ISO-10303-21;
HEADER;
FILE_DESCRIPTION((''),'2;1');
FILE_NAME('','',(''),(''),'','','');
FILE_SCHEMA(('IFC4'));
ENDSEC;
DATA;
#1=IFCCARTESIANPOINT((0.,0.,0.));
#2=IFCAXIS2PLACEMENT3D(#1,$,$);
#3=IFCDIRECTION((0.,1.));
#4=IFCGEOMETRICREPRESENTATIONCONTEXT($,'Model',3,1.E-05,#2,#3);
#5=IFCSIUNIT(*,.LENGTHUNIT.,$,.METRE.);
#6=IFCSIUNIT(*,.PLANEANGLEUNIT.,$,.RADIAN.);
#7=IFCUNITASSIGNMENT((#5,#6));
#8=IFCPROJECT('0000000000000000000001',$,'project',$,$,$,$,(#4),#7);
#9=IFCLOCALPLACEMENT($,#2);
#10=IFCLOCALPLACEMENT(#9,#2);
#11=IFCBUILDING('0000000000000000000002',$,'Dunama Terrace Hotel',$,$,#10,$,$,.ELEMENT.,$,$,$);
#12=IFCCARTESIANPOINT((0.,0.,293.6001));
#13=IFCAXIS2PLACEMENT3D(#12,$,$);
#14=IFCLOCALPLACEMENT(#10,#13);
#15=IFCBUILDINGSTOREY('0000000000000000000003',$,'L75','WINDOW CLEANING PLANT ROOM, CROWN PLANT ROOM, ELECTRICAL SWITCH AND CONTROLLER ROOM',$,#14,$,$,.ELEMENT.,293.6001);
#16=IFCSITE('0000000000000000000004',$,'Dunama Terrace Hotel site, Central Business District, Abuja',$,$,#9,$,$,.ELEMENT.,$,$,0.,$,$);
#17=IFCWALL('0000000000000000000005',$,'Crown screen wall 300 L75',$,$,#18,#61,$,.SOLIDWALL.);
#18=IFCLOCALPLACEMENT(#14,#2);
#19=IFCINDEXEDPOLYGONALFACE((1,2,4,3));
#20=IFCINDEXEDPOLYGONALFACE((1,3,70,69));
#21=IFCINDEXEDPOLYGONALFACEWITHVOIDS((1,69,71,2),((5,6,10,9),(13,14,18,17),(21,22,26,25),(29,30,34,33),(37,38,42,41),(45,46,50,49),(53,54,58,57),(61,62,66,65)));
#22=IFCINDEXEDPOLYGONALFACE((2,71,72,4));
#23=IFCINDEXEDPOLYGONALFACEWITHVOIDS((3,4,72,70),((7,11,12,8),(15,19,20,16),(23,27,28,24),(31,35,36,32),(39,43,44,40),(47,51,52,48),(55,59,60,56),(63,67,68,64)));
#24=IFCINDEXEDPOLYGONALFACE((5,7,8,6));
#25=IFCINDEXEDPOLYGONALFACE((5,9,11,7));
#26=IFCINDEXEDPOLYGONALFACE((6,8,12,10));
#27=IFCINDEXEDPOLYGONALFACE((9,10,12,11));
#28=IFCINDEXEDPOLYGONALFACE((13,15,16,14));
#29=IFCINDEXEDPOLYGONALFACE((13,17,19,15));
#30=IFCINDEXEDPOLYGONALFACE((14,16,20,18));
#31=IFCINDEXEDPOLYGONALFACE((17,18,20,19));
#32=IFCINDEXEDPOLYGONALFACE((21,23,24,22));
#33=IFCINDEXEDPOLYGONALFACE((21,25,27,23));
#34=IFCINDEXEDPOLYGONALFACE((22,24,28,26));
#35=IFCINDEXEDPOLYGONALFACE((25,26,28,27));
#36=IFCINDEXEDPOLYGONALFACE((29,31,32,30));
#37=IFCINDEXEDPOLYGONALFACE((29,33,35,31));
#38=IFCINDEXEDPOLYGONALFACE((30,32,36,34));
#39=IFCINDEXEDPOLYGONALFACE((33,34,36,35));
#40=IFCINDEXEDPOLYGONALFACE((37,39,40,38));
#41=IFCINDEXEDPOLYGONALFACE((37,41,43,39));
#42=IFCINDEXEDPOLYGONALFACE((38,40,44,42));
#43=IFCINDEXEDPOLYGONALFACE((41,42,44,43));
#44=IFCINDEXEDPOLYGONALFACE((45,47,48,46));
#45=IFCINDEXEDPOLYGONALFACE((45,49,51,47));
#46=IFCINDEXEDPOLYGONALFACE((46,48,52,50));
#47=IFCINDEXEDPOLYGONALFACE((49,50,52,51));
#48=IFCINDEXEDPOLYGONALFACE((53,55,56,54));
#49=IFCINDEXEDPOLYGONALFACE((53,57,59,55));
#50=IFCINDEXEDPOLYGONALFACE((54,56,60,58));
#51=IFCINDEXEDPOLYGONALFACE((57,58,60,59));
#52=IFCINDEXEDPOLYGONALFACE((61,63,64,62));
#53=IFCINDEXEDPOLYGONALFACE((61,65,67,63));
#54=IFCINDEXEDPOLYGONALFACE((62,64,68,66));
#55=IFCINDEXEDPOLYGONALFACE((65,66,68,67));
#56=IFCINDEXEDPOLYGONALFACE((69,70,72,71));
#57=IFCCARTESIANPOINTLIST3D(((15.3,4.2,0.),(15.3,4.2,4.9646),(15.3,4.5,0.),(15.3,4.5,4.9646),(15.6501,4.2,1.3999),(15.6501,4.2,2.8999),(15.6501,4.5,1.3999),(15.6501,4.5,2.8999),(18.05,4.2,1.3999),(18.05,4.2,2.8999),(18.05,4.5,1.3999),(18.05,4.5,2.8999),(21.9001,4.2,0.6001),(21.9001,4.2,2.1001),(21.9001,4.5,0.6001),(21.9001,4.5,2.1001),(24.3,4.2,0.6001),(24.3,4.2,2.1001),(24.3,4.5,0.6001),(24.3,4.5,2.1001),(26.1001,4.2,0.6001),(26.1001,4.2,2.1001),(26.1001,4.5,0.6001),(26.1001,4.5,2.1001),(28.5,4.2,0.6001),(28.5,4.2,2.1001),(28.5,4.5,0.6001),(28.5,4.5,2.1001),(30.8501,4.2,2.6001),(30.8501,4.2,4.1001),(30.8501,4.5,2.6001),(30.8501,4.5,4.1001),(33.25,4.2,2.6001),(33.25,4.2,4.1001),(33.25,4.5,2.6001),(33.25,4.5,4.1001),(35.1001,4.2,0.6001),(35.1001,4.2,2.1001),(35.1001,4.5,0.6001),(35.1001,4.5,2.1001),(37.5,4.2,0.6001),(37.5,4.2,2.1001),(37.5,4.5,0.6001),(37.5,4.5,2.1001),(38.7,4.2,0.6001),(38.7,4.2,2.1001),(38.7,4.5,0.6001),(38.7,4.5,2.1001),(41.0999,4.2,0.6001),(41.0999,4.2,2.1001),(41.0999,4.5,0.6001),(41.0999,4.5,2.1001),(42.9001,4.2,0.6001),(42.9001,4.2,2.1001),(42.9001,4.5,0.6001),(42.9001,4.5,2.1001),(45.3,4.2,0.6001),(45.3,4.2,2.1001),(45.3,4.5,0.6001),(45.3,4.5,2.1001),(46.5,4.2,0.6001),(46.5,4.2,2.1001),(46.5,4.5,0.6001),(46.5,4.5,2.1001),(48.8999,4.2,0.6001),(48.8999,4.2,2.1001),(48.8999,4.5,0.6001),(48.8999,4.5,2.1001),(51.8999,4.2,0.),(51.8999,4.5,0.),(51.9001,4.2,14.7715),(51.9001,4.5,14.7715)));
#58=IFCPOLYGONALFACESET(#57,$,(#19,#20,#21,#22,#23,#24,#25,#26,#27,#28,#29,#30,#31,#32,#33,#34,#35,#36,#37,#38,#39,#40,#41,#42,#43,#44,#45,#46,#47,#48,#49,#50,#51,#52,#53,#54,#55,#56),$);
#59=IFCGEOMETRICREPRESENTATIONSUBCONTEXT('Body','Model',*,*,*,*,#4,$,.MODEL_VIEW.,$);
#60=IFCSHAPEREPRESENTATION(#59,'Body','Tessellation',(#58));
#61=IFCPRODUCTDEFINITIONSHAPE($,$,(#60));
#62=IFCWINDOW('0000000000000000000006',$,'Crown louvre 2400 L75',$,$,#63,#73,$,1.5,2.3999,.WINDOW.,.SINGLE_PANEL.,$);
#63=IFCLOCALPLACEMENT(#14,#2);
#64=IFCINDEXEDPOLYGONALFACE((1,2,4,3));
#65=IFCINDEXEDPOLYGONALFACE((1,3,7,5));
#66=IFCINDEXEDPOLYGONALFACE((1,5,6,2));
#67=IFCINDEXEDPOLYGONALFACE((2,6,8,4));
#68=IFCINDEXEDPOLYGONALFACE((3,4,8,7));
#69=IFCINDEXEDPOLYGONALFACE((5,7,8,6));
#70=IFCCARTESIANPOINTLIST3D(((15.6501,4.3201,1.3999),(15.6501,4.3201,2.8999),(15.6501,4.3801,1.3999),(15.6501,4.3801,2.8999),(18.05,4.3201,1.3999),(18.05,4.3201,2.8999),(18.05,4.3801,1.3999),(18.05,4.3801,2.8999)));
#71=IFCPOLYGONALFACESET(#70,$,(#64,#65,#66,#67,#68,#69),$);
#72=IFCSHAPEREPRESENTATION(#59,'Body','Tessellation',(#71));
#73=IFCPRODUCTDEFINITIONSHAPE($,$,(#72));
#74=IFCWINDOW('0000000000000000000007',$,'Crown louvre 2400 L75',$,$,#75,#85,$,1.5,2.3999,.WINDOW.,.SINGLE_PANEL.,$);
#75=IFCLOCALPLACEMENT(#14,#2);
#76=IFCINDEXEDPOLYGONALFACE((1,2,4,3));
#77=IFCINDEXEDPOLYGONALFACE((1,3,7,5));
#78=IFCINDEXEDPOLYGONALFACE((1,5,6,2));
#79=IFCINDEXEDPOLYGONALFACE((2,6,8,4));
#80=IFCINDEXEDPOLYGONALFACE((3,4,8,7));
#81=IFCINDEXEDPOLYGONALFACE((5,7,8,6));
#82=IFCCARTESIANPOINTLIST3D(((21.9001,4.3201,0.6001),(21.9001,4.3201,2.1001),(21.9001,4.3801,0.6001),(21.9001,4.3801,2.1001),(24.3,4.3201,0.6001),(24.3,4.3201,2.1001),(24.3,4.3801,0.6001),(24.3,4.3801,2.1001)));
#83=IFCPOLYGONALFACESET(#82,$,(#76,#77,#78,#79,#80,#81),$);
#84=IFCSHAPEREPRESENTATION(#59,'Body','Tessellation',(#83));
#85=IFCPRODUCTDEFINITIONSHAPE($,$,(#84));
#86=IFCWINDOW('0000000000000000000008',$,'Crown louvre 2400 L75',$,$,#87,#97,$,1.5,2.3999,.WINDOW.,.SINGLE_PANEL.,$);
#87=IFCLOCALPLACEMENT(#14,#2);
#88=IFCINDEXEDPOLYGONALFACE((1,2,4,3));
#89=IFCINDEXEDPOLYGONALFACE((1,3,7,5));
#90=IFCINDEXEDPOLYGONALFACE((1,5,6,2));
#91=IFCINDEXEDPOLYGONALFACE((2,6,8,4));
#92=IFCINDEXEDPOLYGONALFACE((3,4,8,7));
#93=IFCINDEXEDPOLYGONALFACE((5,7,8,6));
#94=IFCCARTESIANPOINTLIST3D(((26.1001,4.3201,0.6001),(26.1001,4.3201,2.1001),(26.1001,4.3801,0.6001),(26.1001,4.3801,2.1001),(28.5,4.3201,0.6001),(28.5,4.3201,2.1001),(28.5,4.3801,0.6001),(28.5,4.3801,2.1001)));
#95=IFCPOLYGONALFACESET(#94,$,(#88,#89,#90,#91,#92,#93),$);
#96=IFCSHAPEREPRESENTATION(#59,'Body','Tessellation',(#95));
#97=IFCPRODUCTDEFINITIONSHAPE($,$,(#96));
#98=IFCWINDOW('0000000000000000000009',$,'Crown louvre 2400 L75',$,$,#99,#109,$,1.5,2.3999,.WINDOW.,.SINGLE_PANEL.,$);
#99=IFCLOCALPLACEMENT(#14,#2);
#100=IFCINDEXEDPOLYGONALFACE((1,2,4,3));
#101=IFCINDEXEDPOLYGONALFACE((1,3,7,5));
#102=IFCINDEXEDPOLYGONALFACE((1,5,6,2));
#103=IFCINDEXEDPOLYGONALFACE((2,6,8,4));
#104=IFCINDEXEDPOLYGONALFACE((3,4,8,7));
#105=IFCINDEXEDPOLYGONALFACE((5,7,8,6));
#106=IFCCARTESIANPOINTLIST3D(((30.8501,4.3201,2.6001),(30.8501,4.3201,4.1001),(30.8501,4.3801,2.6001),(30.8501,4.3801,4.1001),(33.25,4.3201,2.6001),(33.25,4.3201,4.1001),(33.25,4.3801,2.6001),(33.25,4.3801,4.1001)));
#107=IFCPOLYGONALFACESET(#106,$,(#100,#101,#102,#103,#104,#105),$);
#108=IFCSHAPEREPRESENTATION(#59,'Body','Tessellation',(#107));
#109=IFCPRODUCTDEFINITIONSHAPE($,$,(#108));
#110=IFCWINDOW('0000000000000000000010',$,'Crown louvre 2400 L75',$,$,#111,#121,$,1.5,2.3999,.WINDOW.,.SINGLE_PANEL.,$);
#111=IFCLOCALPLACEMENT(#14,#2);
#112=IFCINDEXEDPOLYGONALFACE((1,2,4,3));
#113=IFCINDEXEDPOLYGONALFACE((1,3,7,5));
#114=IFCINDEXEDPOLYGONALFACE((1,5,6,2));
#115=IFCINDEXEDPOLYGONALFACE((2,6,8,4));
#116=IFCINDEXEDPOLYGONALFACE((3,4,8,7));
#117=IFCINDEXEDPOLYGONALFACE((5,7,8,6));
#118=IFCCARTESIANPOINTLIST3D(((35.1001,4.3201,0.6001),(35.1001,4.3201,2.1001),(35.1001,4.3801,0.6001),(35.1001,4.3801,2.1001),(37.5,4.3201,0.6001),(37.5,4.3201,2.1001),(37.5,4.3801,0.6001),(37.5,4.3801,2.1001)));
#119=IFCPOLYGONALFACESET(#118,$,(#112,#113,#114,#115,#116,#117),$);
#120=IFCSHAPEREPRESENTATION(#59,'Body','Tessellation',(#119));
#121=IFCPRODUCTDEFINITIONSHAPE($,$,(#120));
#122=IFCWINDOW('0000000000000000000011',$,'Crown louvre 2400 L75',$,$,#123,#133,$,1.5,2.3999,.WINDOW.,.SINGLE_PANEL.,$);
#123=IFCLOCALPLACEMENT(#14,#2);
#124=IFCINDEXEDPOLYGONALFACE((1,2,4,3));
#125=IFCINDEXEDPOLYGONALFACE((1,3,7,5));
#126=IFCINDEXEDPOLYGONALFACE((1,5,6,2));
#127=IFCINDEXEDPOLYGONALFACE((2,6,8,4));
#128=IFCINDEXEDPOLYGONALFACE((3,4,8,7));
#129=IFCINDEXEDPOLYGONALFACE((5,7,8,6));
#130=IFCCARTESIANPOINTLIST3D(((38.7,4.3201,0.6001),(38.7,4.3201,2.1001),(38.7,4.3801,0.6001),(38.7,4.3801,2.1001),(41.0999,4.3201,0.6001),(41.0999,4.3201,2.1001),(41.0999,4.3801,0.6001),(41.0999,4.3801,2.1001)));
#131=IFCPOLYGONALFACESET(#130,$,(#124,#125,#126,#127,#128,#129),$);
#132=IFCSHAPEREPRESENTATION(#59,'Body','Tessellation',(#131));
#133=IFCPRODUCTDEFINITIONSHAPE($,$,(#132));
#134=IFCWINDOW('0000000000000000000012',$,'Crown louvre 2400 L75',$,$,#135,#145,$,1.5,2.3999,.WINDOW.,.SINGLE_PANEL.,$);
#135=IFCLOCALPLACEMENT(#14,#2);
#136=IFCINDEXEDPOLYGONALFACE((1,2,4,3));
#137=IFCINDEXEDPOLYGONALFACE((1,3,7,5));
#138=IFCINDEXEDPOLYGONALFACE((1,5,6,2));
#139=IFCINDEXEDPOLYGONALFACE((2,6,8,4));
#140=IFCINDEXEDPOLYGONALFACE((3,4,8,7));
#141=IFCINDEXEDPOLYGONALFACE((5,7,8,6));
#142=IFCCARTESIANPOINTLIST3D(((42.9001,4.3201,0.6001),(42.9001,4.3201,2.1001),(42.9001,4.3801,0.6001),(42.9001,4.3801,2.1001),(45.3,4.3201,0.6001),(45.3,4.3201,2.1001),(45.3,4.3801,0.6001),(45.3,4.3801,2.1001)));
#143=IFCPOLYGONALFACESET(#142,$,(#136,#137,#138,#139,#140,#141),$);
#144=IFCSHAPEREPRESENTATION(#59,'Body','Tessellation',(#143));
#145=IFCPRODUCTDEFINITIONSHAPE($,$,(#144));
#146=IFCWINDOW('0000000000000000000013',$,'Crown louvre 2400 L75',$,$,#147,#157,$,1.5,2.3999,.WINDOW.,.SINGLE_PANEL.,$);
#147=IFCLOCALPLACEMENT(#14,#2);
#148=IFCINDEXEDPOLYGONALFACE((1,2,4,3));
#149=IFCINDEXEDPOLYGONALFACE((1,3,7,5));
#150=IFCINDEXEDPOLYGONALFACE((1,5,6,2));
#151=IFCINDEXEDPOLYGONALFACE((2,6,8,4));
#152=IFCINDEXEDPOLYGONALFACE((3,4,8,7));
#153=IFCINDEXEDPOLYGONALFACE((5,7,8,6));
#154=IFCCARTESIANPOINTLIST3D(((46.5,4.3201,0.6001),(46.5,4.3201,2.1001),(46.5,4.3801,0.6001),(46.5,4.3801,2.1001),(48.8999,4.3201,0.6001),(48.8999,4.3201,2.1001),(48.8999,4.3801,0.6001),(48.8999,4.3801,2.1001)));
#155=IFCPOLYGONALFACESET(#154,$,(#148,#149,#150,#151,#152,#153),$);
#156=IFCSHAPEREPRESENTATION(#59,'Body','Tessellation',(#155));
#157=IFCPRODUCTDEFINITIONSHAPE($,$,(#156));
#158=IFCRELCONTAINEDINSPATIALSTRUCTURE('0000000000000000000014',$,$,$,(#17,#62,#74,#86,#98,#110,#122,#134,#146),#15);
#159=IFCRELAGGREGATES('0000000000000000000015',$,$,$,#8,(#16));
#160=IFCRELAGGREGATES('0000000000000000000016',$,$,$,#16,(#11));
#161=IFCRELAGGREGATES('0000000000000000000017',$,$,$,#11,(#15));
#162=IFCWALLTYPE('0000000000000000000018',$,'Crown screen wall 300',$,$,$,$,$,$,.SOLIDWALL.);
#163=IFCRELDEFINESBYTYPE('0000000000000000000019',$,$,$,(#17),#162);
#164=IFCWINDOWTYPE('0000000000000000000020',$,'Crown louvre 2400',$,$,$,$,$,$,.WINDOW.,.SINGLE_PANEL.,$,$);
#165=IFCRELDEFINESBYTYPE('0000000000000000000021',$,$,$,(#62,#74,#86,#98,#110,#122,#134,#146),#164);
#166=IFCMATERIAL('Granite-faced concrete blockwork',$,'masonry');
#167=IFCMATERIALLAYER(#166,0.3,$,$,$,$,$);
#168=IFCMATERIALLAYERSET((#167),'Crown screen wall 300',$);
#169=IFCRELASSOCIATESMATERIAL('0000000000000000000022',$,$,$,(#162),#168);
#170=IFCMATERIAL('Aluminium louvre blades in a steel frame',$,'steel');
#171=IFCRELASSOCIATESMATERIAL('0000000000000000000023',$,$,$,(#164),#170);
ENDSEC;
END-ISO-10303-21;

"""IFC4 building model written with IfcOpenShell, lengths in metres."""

from ifc_helpers import new_model, si_unit, direction, frame, frame_2d, origin, place, context, subcontext, project, spatial, polyline, rectangle, outline, extrude, material, layer, layer_set, type_object, element, fill, save


model = new_model("IFC4")

# Units and contexts
model_context = context("Model", 3, precision=1e-05, world=origin(), true_north=direction((0.0, 1.0)))
body_context = subcontext(model_context, "Body", "Model", "MODEL_VIEW")
ifc_project = project(units=[si_unit("LENGTHUNIT", "METRE"), si_unit("PLANEANGLEUNIT", "RADIAN")], contexts=[model_context])

# Site, building, storey
site_placement = place(None, origin())
site = spatial("IfcSite", under=ifc_project, at=site_placement, Name="Dunama Terrace Hotel site, Central Business District, Abuja", CompositionType="ELEMENT", RefElevation=0.0)
building_placement = place(site_placement, origin())
building = spatial("IfcBuilding", under=site, at=building_placement, Name="Dunama Terrace Hotel", CompositionType="ELEMENT")
storey_placement = place(building_placement, frame((0.0, 0.0, 293.6001)))
storey = spatial("IfcBuildingStorey", under=building, at=storey_placement, Name="L75", Description="WINDOW CLEANING PLANT ROOM, CROWN PLANT ROOM, ELECTRICAL SWITCH AND CONTROLLER ROOM", CompositionType="ELEMENT", Elevation=293.6001)

# Wall, openings, windows
ifc_material_1 = material(Name="Granite-faced concrete blockwork", Category="masonry")
ifc_layer_1 = layer(ifc_material_1, 0.3)
ifc_layer_set_1 = layer_set([ifc_layer_1], Name="Crown screen wall 300")
wall_type = type_object("IfcWallType", Name="Crown screen wall 300", PredefinedType="SOLIDWALL", material=ifc_layer_set_1)
wall_1_placement = place(storey_placement, frame((15.3, 4.3501, 0.0), z_axis=(0.0, 0.0, 1.0), x_axis=(1.0, 0.0, 0.0)))
wall_1 = element("IfcWall", 1, at=wall_1_placement, inside=storey, type_object=wall_type, Name="Crown screen wall 300 L75", PredefinedType="SOLIDWALL", context=body_context, shape_type="SweptSolid", body=[
    extrude(outline(polyline([(0.0, 0.0), (36.5999, 0.0), (36.6001, 14.7715), (0.0, 4.9646), (0.0, 0.0)])), frame((0.0, 0.1499, 0.0), z_axis=(0.0, -1.0, 0.0), x_axis=(1.0, 0.0, 0.0)), (0.0, 0.0, 1.0), 0.3),
])
opening_1_placement = place(wall_1_placement, frame((0.3501, 0.0, 1.3999)))
opening_1 = element("IfcOpeningElement", 2, at=opening_1_placement, cuts=wall_1, PredefinedType="OPENING", context=body_context, shape_type="SweptSolid", body=[
    extrude(rectangle(XDim=2.3999, YDim=1.5, at=frame_2d((1.2, 0.75))), frame((0.0, 0.1599, 0.0), z_axis=(0.0, -1.0, 0.0), x_axis=(1.0, 0.0, 0.0)), (0.0, 0.0, 1.0), 0.3201),
])
opening_2_placement = place(wall_1_placement, frame((6.6001, 0.0, 0.6001)))
opening_2 = element("IfcOpeningElement", 3, at=opening_2_placement, cuts=wall_1, PredefinedType="OPENING", context=body_context, shape_type="SweptSolid", body=[
    extrude(rectangle(XDim=2.3999, YDim=1.5, at=frame_2d((1.2, 0.75))), frame((0.0, 0.1599, 0.0), z_axis=(0.0, -1.0, 0.0), x_axis=(1.0, 0.0, 0.0)), (0.0, 0.0, 1.0), 0.3201),
])
opening_3_placement = place(wall_1_placement, frame((10.8, 0.0, 0.6001)))
opening_3 = element("IfcOpeningElement", 4, at=opening_3_placement, cuts=wall_1, PredefinedType="OPENING", context=body_context, shape_type="SweptSolid", body=[
    extrude(rectangle(XDim=2.3999, YDim=1.5, at=frame_2d((1.2, 0.75))), frame((0.0, 0.1599, 0.0), z_axis=(0.0, -1.0, 0.0), x_axis=(1.0, 0.0, 0.0)), (0.0, 0.0, 1.0), 0.3201),
])
opening_4_placement = place(wall_1_placement, frame((15.55, 0.0, 2.6001)))
opening_4 = element("IfcOpeningElement", 5, at=opening_4_placement, cuts=wall_1, PredefinedType="OPENING", context=body_context, shape_type="SweptSolid", body=[
    extrude(rectangle(XDim=2.3999, YDim=1.5, at=frame_2d((1.2, 0.75))), frame((0.0, 0.1599, 0.0), z_axis=(0.0, -1.0, 0.0), x_axis=(1.0, 0.0, 0.0)), (0.0, 0.0, 1.0), 0.3201),
])
opening_5_placement = place(wall_1_placement, frame((19.8, 0.0, 0.6001)))
opening_5 = element("IfcOpeningElement", 6, at=opening_5_placement, cuts=wall_1, PredefinedType="OPENING", context=body_context, shape_type="SweptSolid", body=[
    extrude(rectangle(XDim=2.3999, YDim=1.5, at=frame_2d((1.2, 0.75))), frame((0.0, 0.1599, 0.0), z_axis=(0.0, -1.0, 0.0), x_axis=(1.0, 0.0, 0.0)), (0.0, 0.0, 1.0), 0.3201),
])
opening_6_placement = place(wall_1_placement, frame((23.3999, 0.0, 0.6001)))
opening_6 = element("IfcOpeningElement", 7, at=opening_6_placement, cuts=wall_1, PredefinedType="OPENING", context=body_context, shape_type="SweptSolid", body=[
    extrude(rectangle(XDim=2.3999, YDim=1.5, at=frame_2d((1.2, 0.75))), frame((0.0, 0.1599, 0.0), z_axis=(0.0, -1.0, 0.0), x_axis=(1.0, 0.0, 0.0)), (0.0, 0.0, 1.0), 0.3201),
])
opening_7_placement = place(wall_1_placement, frame((27.6001, 0.0, 0.6001)))
opening_7 = element("IfcOpeningElement", 8, at=opening_7_placement, cuts=wall_1, PredefinedType="OPENING", context=body_context, shape_type="SweptSolid", body=[
    extrude(rectangle(XDim=2.3999, YDim=1.5, at=frame_2d((1.2, 0.75))), frame((0.0, 0.1599, 0.0), z_axis=(0.0, -1.0, 0.0), x_axis=(1.0, 0.0, 0.0)), (0.0, 0.0, 1.0), 0.3201),
])
opening_8_placement = place(wall_1_placement, frame((31.2, 0.0, 0.6001)))
opening_8 = element("IfcOpeningElement", 9, at=opening_8_placement, cuts=wall_1, PredefinedType="OPENING", context=body_context, shape_type="SweptSolid", body=[
    extrude(rectangle(XDim=2.3999, YDim=1.5, at=frame_2d((1.2, 0.75))), frame((0.0, 0.1599, 0.0), z_axis=(0.0, -1.0, 0.0), x_axis=(1.0, 0.0, 0.0)), (0.0, 0.0, 1.0), 0.3201),
])
ifc_material_2 = material(Name="Aluminium louvre blades in a steel frame", Category="steel")
window_type = type_object("IfcWindowType", Name="Crown louvre 2400", PartitioningType="SINGLE_PANEL", PredefinedType="WINDOW", material=ifc_material_2)
window_1_placement = place(opening_1_placement, origin())
window_1 = element("IfcWindow", 10, at=window_1_placement, inside=storey, type_object=window_type, Name="Crown louvre 2400 L75", OverallHeight=1.5, OverallWidth=2.3999, PartitioningType="SINGLE_PANEL", PredefinedType="WINDOW", context=body_context, shape_type="SweptSolid", body=[
    extrude(rectangle(XDim=2.3999, YDim=1.5, at=frame_2d((1.2, 0.75))), frame((0.0, 0.03, 0.0), z_axis=(0.0, -1.0, 0.0), x_axis=(1.0, 0.0, 0.0)), (0.0, 0.0, 1.0), 0.0601),
])
fill(opening_1, window_1)
window_2_placement = place(opening_2_placement, origin())
window_2 = element("IfcWindow", 11, at=window_2_placement, inside=storey, type_object=window_type, Name="Crown louvre 2400 L75", OverallHeight=1.5, OverallWidth=2.3999, PartitioningType="SINGLE_PANEL", PredefinedType="WINDOW", context=body_context, shape_type="SweptSolid", body=[
    extrude(rectangle(XDim=2.3999, YDim=1.5, at=frame_2d((1.2, 0.75))), frame((0.0, 0.03, 0.0), z_axis=(0.0, -1.0, 0.0), x_axis=(1.0, 0.0, 0.0)), (0.0, 0.0, 1.0), 0.0601),
])
fill(opening_2, window_2)
window_3_placement = place(opening_3_placement, origin())
window_3 = element("IfcWindow", 12, at=window_3_placement, inside=storey, type_object=window_type, Name="Crown louvre 2400 L75", OverallHeight=1.5, OverallWidth=2.3999, PartitioningType="SINGLE_PANEL", PredefinedType="WINDOW", context=body_context, shape_type="SweptSolid", body=[
    extrude(rectangle(XDim=2.3999, YDim=1.5, at=frame_2d((1.2, 0.75))), frame((0.0, 0.03, 0.0), z_axis=(0.0, -1.0, 0.0), x_axis=(1.0, 0.0, 0.0)), (0.0, 0.0, 1.0), 0.0601),
])
fill(opening_3, window_3)
window_4_placement = place(opening_4_placement, origin())
window_4 = element("IfcWindow", 13, at=window_4_placement, inside=storey, type_object=window_type, Name="Crown louvre 2400 L75", OverallHeight=1.5, OverallWidth=2.3999, PartitioningType="SINGLE_PANEL", PredefinedType="WINDOW", context=body_context, shape_type="SweptSolid", body=[
    extrude(rectangle(XDim=2.3999, YDim=1.5, at=frame_2d((1.2, 0.75))), frame((0.0, 0.03, 0.0), z_axis=(0.0, -1.0, 0.0), x_axis=(1.0, 0.0, 0.0)), (0.0, 0.0, 1.0), 0.0601),
])
fill(opening_4, window_4)
window_5_placement = place(opening_5_placement, origin())
window_5 = element("IfcWindow", 14, at=window_5_placement, inside=storey, type_object=window_type, Name="Crown louvre 2400 L75", OverallHeight=1.5, OverallWidth=2.3999, PartitioningType="SINGLE_PANEL", PredefinedType="WINDOW", context=body_context, shape_type="SweptSolid", body=[
    extrude(rectangle(XDim=2.3999, YDim=1.5, at=frame_2d((1.2, 0.75))), frame((0.0, 0.03, 0.0), z_axis=(0.0, -1.0, 0.0), x_axis=(1.0, 0.0, 0.0)), (0.0, 0.0, 1.0), 0.0601),
])
fill(opening_5, window_5)
window_6_placement = place(opening_6_placement, origin())
window_6 = element("IfcWindow", 15, at=window_6_placement, inside=storey, type_object=window_type, Name="Crown louvre 2400 L75", OverallHeight=1.5, OverallWidth=2.3999, PartitioningType="SINGLE_PANEL", PredefinedType="WINDOW", context=body_context, shape_type="SweptSolid", body=[
    extrude(rectangle(XDim=2.3999, YDim=1.5, at=frame_2d((1.2, 0.75))), frame((0.0, 0.03, 0.0), z_axis=(0.0, -1.0, 0.0), x_axis=(1.0, 0.0, 0.0)), (0.0, 0.0, 1.0), 0.0601),
])
fill(opening_6, window_6)
window_7_placement = place(opening_7_placement, origin())
window_7 = element("IfcWindow", 16, at=window_7_placement, inside=storey, type_object=window_type, Name="Crown louvre 2400 L75", OverallHeight=1.5, OverallWidth=2.3999, PartitioningType="SINGLE_PANEL", PredefinedType="WINDOW", context=body_context, shape_type="SweptSolid", body=[
    extrude(rectangle(XDim=2.3999, YDim=1.5, at=frame_2d((1.2, 0.75))), frame((0.0, 0.03, 0.0), z_axis=(0.0, -1.0, 0.0), x_axis=(1.0, 0.0, 0.0)), (0.0, 0.0, 1.0), 0.0601),
])
fill(opening_7, window_7)
window_8_placement = place(opening_8_placement, origin())
window_8 = element("IfcWindow", 17, at=window_8_placement, inside=storey, type_object=window_type, Name="Crown louvre 2400 L75", OverallHeight=1.5, OverallWidth=2.3999, PartitioningType="SINGLE_PANEL", PredefinedType="WINDOW", context=body_context, shape_type="SweptSolid", body=[
    extrude(rectangle(XDim=2.3999, YDim=1.5, at=frame_2d((1.2, 0.75))), frame((0.0, 0.03, 0.0), z_axis=(0.0, -1.0, 0.0), x_axis=(1.0, 0.0, 0.0)), (0.0, 0.0, 1.0), 0.0601),
])
fill(opening_8, window_8)

save(model, "model.ifc")
